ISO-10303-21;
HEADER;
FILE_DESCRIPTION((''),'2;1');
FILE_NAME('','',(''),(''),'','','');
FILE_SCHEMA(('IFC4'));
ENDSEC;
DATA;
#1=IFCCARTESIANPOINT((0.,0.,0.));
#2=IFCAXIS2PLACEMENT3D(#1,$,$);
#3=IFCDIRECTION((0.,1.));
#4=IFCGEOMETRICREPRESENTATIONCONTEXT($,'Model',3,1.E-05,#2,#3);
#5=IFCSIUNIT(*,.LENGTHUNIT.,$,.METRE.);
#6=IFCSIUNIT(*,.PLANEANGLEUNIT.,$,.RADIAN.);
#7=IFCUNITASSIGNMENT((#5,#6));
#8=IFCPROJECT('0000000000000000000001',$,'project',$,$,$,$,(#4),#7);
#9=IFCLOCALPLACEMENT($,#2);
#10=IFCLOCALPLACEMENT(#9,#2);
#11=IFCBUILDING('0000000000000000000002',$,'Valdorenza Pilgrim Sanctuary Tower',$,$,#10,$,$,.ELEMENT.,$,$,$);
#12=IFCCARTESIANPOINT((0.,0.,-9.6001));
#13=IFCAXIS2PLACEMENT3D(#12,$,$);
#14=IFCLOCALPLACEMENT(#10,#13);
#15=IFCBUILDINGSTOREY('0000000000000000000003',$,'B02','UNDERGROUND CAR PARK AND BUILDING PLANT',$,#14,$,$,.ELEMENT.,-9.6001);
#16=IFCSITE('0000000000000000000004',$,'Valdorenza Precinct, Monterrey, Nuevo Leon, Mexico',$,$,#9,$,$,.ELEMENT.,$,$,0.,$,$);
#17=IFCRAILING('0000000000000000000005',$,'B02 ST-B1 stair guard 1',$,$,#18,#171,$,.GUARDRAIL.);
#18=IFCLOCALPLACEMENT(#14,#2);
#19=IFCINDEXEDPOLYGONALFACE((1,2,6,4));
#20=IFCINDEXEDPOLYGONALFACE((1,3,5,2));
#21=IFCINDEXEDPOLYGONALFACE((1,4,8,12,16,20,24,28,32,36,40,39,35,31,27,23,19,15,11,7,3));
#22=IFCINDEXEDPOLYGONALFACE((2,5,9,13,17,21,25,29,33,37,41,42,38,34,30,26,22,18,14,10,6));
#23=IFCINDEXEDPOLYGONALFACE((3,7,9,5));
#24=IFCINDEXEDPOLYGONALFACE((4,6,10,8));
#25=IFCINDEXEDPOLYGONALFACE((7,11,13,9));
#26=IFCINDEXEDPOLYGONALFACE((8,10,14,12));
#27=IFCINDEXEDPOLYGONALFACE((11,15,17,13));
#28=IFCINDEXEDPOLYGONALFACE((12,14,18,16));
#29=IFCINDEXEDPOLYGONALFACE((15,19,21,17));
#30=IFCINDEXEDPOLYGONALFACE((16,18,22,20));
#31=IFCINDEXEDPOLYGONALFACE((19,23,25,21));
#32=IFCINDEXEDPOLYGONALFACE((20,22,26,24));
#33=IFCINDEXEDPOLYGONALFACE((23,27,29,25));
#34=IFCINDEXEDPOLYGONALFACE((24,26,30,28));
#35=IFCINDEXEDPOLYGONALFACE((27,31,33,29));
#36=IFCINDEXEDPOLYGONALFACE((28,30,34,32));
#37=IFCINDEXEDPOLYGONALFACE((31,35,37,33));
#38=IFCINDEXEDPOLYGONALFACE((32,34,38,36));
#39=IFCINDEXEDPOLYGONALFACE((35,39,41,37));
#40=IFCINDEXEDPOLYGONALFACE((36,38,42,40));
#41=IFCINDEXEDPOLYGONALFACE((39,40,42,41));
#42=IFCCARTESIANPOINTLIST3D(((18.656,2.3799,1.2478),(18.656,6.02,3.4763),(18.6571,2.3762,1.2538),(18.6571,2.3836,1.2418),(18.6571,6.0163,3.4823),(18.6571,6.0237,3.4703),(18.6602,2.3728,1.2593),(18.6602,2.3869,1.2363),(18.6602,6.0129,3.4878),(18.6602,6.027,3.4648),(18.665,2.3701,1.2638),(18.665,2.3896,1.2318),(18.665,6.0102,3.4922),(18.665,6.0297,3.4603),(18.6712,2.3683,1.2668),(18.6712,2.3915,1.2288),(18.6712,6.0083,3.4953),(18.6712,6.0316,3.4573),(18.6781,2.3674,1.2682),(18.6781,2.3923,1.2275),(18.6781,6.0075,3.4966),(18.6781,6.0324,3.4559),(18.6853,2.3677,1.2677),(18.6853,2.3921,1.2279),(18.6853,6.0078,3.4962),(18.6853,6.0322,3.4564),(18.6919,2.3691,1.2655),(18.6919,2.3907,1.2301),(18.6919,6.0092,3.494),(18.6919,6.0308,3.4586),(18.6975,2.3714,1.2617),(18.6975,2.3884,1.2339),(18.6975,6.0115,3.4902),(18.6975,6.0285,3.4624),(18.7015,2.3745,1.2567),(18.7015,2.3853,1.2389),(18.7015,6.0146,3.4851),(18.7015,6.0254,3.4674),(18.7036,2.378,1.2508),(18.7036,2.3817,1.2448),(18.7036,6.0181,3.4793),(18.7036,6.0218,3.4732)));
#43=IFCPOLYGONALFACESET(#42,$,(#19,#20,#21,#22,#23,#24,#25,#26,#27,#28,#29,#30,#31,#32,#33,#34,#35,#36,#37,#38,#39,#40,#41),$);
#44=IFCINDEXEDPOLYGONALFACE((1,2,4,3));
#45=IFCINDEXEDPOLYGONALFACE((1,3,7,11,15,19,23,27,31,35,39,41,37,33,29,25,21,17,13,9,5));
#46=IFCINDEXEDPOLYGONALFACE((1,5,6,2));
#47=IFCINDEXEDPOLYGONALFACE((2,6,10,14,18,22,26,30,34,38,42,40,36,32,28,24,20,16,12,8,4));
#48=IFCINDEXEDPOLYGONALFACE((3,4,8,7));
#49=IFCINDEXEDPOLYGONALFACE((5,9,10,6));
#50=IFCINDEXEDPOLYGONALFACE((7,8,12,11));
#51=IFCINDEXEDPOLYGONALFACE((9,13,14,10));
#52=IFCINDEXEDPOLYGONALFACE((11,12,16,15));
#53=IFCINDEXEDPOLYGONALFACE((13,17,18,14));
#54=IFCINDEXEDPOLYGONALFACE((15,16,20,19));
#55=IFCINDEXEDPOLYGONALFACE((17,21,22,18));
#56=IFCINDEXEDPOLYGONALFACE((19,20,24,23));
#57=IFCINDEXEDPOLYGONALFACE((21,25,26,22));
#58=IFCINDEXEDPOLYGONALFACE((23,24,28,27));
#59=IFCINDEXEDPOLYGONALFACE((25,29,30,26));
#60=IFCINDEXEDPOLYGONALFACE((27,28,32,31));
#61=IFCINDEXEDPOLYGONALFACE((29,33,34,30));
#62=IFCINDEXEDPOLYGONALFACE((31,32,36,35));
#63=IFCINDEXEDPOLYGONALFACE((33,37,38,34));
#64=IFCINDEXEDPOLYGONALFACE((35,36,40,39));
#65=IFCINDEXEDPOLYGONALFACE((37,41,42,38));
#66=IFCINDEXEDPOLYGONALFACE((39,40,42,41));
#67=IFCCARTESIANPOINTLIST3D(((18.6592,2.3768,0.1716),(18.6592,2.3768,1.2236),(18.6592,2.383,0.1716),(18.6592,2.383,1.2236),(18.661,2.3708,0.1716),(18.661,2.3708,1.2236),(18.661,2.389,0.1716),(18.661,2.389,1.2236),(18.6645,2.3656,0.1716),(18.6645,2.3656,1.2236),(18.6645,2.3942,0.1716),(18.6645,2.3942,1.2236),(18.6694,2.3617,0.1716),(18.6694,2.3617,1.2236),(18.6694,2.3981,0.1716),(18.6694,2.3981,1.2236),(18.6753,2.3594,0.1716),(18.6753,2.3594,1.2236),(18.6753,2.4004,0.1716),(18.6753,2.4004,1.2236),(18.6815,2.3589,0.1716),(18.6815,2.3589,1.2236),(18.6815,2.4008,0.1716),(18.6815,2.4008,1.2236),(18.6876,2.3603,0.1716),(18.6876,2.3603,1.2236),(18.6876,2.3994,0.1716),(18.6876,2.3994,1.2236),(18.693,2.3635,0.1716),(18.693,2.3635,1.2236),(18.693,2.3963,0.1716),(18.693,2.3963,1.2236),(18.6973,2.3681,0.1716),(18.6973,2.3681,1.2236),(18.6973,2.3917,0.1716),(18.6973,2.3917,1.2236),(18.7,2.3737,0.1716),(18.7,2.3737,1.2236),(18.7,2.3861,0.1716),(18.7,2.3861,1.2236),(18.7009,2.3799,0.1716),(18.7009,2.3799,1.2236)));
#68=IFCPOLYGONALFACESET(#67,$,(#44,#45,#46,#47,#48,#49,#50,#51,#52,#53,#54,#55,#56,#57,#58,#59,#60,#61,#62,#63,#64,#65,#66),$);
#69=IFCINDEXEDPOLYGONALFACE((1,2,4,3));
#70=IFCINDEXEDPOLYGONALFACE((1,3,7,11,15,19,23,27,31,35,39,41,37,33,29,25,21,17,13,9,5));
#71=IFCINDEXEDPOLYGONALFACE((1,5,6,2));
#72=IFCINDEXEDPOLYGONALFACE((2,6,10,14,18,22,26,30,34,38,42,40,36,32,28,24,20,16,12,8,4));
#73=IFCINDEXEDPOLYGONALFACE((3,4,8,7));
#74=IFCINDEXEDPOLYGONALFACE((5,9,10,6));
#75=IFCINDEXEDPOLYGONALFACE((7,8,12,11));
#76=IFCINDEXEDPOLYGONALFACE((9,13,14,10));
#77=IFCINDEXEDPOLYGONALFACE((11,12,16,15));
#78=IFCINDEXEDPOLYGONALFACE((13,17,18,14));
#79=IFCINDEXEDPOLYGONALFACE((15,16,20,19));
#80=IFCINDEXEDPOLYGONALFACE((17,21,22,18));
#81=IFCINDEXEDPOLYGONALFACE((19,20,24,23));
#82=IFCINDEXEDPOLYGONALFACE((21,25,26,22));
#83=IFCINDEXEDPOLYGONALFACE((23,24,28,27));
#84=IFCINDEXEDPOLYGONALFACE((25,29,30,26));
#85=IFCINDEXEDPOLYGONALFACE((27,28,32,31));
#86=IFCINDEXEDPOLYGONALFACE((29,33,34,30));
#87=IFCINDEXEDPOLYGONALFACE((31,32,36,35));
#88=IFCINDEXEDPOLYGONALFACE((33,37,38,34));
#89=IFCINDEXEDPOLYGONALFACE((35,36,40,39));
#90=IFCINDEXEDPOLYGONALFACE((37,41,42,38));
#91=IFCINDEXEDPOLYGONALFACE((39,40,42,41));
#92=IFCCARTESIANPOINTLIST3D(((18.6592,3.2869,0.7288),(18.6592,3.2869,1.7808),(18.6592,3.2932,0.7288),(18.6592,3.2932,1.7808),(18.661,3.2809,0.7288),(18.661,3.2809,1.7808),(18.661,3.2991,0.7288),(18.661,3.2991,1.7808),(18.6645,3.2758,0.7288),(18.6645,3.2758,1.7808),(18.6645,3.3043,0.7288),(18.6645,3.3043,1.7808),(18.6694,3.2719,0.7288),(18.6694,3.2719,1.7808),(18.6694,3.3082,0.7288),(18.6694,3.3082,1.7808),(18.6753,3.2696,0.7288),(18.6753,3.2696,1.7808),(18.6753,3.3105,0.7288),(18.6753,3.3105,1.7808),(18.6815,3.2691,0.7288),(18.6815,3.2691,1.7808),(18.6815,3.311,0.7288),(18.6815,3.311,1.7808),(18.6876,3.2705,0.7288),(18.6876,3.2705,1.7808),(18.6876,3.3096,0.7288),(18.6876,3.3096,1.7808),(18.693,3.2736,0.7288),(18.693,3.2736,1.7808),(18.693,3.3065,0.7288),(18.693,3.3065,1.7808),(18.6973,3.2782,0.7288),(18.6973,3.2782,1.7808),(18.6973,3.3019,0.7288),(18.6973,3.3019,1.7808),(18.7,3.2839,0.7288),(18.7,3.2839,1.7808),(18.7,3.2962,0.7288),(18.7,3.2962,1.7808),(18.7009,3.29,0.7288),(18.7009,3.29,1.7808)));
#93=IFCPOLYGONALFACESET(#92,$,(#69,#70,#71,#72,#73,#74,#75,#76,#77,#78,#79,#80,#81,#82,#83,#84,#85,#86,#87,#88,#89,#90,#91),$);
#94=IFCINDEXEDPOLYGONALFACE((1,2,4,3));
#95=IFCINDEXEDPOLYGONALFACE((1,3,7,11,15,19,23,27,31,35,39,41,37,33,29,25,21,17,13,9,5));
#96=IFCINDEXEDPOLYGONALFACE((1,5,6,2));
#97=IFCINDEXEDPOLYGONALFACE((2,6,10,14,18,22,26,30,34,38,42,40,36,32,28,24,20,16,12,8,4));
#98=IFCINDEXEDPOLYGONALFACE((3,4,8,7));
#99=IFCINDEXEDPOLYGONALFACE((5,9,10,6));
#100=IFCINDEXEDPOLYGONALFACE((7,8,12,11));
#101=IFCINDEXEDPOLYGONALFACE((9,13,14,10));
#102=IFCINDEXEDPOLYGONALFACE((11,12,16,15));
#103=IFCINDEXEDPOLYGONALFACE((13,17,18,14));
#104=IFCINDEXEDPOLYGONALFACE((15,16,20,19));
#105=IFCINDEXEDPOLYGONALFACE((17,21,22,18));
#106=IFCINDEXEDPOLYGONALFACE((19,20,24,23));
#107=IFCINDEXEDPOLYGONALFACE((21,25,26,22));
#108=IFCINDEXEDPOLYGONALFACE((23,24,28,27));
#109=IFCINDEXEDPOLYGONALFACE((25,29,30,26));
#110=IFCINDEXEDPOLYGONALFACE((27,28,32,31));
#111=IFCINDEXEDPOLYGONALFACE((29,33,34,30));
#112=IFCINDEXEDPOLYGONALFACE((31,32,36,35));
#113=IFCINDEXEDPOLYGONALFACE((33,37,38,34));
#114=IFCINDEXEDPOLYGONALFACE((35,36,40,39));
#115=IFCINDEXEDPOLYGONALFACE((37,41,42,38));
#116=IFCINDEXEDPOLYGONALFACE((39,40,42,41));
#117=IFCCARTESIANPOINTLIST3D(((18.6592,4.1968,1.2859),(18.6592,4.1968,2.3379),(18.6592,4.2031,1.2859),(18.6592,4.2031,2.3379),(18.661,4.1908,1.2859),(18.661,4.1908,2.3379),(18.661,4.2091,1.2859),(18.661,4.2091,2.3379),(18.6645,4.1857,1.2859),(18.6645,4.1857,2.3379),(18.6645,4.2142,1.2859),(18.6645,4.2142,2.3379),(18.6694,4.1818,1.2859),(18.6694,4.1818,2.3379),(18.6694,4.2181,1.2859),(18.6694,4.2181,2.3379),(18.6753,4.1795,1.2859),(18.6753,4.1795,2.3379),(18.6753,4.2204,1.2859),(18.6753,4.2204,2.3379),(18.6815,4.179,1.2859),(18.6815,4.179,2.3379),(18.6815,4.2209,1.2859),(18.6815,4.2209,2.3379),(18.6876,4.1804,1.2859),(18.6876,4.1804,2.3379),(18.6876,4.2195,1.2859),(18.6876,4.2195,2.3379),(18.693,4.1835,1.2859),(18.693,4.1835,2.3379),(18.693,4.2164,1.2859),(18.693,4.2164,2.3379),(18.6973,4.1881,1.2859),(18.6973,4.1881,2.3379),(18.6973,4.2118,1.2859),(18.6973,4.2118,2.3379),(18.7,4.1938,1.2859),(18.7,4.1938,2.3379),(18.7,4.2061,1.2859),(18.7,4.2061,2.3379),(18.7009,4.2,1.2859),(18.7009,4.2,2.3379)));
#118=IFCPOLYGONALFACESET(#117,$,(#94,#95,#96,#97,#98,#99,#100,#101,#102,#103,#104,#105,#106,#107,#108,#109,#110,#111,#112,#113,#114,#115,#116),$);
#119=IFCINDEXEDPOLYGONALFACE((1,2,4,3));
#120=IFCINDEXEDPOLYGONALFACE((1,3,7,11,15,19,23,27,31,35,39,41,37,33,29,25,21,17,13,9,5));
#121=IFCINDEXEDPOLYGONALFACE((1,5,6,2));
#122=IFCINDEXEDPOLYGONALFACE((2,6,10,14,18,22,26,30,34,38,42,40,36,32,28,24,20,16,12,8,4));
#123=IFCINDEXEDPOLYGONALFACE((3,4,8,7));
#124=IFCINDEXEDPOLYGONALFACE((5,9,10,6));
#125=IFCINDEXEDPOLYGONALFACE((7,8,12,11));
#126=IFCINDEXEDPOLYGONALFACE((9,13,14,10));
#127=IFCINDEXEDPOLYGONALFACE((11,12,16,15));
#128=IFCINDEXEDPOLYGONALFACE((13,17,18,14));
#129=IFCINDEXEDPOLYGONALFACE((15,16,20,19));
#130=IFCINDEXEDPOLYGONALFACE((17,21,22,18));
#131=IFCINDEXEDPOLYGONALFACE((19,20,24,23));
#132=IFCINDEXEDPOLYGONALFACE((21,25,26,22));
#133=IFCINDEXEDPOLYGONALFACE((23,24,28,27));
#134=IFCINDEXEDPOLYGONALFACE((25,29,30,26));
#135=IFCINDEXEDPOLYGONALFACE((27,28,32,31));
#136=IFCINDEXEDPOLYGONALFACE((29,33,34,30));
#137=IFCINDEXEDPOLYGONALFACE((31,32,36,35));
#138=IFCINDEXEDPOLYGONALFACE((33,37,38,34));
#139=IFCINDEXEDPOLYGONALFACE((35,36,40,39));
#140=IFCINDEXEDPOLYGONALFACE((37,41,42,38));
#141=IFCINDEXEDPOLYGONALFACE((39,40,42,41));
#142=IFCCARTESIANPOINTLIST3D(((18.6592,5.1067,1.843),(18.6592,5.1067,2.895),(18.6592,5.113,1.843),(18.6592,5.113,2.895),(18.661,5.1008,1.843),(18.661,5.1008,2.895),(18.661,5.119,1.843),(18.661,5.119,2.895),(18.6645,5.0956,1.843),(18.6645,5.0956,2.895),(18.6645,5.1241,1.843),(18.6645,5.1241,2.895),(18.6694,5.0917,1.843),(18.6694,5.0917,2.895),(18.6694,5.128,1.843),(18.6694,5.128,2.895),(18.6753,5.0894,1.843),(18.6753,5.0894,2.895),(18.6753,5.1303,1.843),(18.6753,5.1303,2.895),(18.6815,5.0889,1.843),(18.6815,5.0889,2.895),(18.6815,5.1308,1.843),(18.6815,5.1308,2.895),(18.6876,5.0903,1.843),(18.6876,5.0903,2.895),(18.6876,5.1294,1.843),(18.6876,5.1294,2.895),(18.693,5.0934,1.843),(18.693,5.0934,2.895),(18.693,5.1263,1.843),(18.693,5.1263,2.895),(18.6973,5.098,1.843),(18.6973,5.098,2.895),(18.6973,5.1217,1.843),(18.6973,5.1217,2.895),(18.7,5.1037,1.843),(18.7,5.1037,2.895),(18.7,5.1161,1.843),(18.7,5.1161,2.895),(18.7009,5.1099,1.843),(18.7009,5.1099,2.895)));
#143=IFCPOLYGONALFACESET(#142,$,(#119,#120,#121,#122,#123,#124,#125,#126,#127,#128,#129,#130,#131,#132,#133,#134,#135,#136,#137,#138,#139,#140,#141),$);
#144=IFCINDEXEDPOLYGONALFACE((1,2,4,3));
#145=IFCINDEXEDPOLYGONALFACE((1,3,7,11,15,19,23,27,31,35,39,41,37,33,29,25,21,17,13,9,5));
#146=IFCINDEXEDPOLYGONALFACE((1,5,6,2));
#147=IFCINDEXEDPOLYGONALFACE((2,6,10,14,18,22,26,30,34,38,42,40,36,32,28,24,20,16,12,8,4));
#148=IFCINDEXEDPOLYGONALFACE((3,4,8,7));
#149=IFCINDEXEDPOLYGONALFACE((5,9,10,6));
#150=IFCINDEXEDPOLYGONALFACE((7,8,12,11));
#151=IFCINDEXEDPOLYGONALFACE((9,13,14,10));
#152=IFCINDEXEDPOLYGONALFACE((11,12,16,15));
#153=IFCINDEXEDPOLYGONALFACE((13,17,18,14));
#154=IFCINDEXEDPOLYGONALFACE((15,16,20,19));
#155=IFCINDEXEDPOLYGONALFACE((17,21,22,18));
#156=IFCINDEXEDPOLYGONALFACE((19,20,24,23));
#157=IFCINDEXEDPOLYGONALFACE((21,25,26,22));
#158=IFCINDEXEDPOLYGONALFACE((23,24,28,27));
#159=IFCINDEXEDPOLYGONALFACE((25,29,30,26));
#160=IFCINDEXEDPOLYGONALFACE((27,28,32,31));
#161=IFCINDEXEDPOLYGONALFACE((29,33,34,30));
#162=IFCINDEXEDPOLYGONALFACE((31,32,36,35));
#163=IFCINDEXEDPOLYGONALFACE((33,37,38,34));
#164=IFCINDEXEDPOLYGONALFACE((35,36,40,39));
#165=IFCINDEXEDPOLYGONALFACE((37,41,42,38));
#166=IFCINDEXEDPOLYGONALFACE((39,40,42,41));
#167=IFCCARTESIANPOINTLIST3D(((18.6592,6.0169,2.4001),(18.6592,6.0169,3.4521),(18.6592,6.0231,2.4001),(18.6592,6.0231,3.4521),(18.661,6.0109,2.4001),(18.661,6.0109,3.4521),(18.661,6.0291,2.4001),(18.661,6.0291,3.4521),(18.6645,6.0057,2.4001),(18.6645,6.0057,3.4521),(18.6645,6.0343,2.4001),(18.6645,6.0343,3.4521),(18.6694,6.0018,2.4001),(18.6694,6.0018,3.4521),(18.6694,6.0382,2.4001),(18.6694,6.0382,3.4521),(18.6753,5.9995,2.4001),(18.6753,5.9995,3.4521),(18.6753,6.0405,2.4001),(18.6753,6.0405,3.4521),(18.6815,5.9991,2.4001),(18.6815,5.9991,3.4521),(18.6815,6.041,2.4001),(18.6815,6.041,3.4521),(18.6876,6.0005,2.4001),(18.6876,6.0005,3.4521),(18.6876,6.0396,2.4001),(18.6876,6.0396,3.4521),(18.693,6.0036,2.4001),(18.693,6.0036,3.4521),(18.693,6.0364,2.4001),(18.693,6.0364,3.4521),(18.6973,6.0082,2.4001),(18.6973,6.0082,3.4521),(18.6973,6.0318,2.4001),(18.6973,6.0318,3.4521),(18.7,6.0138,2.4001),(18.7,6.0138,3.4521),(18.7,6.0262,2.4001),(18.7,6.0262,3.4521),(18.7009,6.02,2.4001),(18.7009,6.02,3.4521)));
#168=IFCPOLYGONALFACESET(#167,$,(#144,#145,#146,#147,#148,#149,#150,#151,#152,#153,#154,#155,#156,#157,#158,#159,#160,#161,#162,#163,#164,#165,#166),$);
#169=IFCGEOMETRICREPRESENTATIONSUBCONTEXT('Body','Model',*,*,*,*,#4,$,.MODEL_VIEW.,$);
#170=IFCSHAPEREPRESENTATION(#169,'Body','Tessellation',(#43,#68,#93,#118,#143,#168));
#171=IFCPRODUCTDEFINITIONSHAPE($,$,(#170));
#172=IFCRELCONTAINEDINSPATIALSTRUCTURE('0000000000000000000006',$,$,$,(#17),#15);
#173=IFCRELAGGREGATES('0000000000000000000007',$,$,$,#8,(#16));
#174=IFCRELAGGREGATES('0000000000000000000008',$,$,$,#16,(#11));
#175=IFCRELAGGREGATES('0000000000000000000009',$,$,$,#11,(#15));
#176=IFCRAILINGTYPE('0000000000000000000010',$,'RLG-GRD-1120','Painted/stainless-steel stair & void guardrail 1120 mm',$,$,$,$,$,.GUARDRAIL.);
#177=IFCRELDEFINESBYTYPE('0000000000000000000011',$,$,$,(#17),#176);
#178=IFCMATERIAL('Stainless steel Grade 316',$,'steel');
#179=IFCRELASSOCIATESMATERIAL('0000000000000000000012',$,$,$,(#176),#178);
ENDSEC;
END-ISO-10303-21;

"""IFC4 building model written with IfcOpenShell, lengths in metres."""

from ifc_helpers import new_model, si_unit, direction, frame, origin, origin_2d, place, context, subcontext, project, spatial, circle, extrude, material, type_object, element, save


model = new_model("IFC4")

# Units and contexts
model_context = context("Model", 3, precision=1e-05, world=origin(), true_north=direction((0.0, 1.0)))
body_context = subcontext(model_context, "Body", "Model", "MODEL_VIEW")
ifc_project = project(units=[si_unit("LENGTHUNIT", "METRE"), si_unit("PLANEANGLEUNIT", "RADIAN")], contexts=[model_context])

# Site, building, storey
site_placement = place(None, origin())
site = spatial("IfcSite", under=ifc_project, at=site_placement, Name="Valdorenza Precinct, Monterrey, Nuevo Leon, Mexico", CompositionType="ELEMENT", RefElevation=0.0)
building_placement = place(site_placement, origin())
building = spatial("IfcBuilding", under=site, at=building_placement, Name="Valdorenza Pilgrim Sanctuary Tower", CompositionType="ELEMENT")
storey_placement = place(building_placement, frame((0.0, 0.0, -9.6001)))
storey = spatial("IfcBuildingStorey", under=building, at=storey_placement, Name="B02", Description="UNDERGROUND CAR PARK AND BUILDING PLANT", CompositionType="ELEMENT", Elevation=-9.6001)

# Railing
ifc_material_1 = material(Name="Stainless steel Grade 316", Category="steel")
railing_type_1 = type_object("IfcRailingType", Name="RLG-GRD-1120", Description="Painted/stainless-steel stair & void guardrail 1120 mm", PredefinedType="GUARDRAIL", material=ifc_material_1)
railing_1_placement = place(storey_placement, frame((18.6799, 2.3799, 0.1716)))
element("IfcRailing", 1, at=railing_1_placement, inside=storey, type_object=railing_type_1, Name="B02 ST-B1 stair guard 1", PredefinedType="GUARDRAIL", context=body_context, shape_type="SweptSolid", body=[
    extrude(circle(Radius=0.0239, at=origin_2d()), frame((0.0, 0.0, 1.0762), z_axis=(0.0, 0.852866, 0.52213), x_axis=(-1.0, 0.0, 0.0)), (0.0, 0.0, 1.0), 4.2681),
    extrude(circle(Radius=0.021, at=origin_2d()), origin(), (0.0, 0.0, 1.0), 1.052),
    extrude(circle(Radius=0.021, at=origin_2d()), frame((0.0, 0.9102, 0.5571)), (0.0, 0.0, 1.0), 1.052),
    extrude(circle(Radius=0.021, at=origin_2d()), frame((0.0, 1.8201, 1.1143)), (0.0, 0.0, 1.0), 1.052),
    extrude(circle(Radius=0.021, at=origin_2d()), frame((0.0, 2.73, 1.6714)), (0.0, 0.0, 1.0), 1.052),
    extrude(circle(Radius=0.021, at=origin_2d()), frame((0.0, 3.6401, 2.2285)), (0.0, 0.0, 1.0), 1.052),
])

save(model, "model.ifc")
